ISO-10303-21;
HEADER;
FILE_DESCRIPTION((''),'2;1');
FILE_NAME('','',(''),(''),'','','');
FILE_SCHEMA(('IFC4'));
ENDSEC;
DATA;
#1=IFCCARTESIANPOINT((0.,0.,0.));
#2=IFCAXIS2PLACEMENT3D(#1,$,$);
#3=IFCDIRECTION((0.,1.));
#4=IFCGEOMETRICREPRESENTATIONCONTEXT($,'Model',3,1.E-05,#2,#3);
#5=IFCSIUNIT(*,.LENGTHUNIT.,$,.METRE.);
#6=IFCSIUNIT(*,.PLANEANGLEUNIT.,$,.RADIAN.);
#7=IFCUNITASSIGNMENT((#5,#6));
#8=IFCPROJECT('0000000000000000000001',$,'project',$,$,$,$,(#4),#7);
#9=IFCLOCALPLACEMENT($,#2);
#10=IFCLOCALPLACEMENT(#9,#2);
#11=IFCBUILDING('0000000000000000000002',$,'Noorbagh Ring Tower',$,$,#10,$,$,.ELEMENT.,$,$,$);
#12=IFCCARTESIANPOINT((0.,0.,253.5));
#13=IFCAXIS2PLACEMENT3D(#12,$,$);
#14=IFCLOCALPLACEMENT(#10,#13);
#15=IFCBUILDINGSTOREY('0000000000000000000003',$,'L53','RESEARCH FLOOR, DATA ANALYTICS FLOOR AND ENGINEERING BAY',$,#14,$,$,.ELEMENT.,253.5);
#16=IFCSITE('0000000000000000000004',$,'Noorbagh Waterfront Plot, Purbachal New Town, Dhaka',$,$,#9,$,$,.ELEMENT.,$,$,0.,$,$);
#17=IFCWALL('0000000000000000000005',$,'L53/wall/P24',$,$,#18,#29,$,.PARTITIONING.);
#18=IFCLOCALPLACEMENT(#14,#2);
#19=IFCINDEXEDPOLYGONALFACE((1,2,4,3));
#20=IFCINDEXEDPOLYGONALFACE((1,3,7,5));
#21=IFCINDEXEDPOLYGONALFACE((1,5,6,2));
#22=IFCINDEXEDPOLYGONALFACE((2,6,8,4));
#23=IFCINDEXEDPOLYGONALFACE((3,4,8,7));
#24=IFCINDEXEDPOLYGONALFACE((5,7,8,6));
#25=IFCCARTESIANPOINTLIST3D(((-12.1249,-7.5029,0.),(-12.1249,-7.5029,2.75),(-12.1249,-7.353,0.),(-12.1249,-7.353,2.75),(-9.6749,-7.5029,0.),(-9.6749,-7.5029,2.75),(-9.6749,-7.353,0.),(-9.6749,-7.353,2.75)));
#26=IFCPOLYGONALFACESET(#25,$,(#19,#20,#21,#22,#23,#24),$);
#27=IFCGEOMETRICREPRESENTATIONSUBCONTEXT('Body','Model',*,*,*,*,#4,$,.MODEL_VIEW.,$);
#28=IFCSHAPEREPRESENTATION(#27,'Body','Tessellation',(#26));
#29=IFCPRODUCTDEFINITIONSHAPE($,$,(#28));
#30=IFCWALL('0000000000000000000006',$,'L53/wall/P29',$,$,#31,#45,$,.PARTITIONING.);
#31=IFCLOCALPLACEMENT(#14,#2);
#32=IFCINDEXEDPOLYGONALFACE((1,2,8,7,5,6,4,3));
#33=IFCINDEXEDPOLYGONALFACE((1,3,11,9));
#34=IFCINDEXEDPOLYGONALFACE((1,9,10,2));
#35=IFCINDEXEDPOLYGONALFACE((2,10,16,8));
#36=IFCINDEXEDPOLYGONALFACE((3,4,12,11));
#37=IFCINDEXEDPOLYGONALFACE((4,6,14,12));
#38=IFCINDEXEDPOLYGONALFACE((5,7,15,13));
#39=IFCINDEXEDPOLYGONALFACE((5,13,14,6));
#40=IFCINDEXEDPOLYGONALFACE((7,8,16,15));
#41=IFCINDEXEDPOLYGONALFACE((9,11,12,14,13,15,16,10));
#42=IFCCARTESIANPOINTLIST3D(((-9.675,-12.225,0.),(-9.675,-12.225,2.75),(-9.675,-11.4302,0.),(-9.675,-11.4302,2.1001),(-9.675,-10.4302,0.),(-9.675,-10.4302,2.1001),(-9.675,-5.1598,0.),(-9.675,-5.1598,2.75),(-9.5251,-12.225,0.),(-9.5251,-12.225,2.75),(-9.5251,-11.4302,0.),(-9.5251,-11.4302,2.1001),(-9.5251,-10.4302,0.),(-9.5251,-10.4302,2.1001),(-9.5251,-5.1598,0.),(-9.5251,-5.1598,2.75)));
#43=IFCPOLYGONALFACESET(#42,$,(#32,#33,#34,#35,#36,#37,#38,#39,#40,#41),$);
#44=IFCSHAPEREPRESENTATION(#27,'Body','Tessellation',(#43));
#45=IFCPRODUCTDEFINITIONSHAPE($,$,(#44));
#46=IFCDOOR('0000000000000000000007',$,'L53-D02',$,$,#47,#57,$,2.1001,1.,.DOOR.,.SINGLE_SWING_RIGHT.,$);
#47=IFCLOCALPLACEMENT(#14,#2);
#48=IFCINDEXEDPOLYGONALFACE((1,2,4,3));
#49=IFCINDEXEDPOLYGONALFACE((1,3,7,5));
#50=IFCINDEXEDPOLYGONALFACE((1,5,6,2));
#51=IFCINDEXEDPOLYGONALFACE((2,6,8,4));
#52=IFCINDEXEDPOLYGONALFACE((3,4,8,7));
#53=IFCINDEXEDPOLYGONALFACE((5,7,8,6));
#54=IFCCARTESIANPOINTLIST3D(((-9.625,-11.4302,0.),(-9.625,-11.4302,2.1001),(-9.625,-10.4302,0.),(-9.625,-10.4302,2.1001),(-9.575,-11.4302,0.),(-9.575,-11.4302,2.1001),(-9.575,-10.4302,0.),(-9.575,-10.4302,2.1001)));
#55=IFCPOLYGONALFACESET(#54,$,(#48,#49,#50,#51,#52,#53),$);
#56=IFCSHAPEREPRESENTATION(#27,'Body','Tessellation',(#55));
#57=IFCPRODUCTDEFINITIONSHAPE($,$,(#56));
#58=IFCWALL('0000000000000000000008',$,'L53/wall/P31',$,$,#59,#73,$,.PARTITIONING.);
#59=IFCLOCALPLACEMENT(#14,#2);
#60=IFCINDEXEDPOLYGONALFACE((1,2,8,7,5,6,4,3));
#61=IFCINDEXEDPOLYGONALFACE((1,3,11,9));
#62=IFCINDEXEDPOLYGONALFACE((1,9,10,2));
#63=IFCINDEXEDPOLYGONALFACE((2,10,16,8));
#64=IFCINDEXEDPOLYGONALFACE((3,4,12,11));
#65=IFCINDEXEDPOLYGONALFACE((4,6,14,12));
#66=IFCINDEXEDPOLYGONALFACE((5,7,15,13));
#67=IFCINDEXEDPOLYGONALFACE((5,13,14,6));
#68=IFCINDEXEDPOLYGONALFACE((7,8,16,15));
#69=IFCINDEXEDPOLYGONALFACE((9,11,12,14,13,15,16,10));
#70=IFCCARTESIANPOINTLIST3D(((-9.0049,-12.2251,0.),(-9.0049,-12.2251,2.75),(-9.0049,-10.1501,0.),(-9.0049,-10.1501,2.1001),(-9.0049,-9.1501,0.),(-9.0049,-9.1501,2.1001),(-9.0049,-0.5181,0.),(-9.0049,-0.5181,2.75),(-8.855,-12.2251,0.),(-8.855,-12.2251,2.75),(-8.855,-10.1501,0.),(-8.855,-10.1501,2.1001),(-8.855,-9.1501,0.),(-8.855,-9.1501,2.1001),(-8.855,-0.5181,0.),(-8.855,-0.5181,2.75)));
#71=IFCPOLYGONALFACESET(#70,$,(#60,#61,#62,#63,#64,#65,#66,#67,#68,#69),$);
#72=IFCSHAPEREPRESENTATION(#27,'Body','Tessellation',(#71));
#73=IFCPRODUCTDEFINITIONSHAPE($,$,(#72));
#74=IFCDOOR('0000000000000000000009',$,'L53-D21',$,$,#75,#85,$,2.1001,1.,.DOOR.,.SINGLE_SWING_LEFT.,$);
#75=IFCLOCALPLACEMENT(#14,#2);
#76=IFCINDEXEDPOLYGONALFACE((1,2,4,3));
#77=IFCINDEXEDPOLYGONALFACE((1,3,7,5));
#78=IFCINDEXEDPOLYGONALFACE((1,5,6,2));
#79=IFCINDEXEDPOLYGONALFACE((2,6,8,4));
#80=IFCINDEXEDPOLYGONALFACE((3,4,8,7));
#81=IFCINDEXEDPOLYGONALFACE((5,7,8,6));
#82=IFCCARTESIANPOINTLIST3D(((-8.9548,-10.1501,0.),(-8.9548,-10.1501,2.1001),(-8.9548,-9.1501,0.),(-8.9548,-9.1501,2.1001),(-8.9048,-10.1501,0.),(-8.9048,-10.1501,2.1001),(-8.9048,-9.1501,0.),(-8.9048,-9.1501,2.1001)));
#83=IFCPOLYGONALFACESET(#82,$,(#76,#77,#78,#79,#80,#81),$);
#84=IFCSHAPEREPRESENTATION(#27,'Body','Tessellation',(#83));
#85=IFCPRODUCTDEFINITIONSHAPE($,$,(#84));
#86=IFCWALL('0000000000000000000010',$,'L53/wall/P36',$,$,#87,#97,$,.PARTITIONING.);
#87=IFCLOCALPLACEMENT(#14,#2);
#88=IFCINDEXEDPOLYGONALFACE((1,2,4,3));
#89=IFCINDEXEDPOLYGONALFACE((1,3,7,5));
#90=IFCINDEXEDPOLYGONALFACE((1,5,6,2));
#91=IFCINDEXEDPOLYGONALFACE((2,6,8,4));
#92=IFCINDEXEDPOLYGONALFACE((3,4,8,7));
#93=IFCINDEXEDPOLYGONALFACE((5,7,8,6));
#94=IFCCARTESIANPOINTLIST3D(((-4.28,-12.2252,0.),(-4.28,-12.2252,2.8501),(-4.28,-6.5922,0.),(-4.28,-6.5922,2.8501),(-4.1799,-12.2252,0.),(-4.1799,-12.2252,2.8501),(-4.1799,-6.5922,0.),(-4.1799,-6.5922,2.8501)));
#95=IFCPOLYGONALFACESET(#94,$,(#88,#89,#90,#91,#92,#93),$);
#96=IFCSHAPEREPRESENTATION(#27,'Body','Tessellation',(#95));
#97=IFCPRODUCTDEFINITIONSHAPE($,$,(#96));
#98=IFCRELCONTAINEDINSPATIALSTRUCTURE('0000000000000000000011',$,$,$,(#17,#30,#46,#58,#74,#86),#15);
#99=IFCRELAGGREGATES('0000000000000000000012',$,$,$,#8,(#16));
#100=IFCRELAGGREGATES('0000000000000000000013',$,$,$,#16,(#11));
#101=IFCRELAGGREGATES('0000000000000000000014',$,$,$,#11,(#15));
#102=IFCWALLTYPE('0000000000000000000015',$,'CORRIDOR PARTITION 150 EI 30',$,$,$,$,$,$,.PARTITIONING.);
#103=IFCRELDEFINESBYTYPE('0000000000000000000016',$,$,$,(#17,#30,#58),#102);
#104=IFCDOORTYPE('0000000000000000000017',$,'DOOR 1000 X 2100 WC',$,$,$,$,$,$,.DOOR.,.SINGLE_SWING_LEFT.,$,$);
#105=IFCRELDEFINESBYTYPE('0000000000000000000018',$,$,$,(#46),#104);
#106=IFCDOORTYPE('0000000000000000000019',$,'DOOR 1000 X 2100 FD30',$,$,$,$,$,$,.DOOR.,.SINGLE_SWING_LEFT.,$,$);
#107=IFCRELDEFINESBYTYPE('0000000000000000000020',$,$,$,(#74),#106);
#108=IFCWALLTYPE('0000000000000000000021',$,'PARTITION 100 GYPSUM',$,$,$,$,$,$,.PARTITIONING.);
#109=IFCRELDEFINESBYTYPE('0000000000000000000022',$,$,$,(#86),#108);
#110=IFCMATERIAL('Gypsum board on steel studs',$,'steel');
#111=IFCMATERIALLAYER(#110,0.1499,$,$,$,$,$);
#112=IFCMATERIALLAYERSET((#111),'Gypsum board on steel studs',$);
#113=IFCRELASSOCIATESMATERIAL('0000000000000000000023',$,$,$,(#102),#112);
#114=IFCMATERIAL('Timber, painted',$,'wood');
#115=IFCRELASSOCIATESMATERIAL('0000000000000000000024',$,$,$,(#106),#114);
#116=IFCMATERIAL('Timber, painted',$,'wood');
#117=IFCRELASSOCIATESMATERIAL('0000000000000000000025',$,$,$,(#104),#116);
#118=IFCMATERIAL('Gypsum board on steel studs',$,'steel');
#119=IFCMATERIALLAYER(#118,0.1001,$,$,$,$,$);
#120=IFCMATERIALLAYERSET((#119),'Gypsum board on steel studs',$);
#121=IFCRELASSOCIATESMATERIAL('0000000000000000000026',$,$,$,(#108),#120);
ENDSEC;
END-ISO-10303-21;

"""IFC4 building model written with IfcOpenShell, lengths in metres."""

from ifc_helpers import new_model, si_unit, direction, frame, frame_2d, origin, place, context, subcontext, project, spatial, rectangle, extrude, material, layer, layer_set, type_object, element, fill, save


model = new_model("IFC4")

# Units and contexts
model_context = context("Model", 3, precision=1e-05, world=origin(), true_north=direction((0.0, 1.0)))
body_context = subcontext(model_context, "Body", "Model", "MODEL_VIEW")
ifc_project = project(units=[si_unit("LENGTHUNIT", "METRE"), si_unit("PLANEANGLEUNIT", "RADIAN")], contexts=[model_context])

# Site, building, storey
site_placement = place(None, origin())
site = spatial("IfcSite", under=ifc_project, at=site_placement, Name="Noorbagh Waterfront Plot, Purbachal New Town, Dhaka", CompositionType="ELEMENT", RefElevation=0.0)
building_placement = place(site_placement, origin())
building = spatial("IfcBuilding", under=site, at=building_placement, Name="Noorbagh Ring Tower", CompositionType="ELEMENT")
storey_placement = place(building_placement, frame((0.0, 0.0, 253.5)))
storey = spatial("IfcBuildingStorey", under=building, at=storey_placement, Name="L53", Description="RESEARCH FLOOR, DATA ANALYTICS FLOOR AND ENGINEERING BAY", CompositionType="ELEMENT", Elevation=253.5)

# Shared definitions
ifc_material_1 = material(Name="Gypsum board on steel studs", Category="steel")
ifc_layer_1 = layer(ifc_material_1, 0.1499)
ifc_layer_set_1 = layer_set([ifc_layer_1], Name="Gypsum board on steel studs")
wall_type_1 = type_object("IfcWallType", Name="CORRIDOR PARTITION 150 EI 30", PredefinedType="PARTITIONING", material=ifc_layer_set_1)
ifc_material_2 = material(Name="Timber, painted", Category="wood")
door_type_1 = type_object("IfcDoorType", Name="DOOR 1000 X 2100 FD30", OperationType="SINGLE_SWING_LEFT", PredefinedType="DOOR", material=ifc_material_2)
ifc_material_3 = material(Name="Timber, painted", Category="wood")
door_type_2 = type_object("IfcDoorType", Name="DOOR 1000 X 2100 WC", OperationType="SINGLE_SWING_LEFT", PredefinedType="DOOR", material=ifc_material_3)

# Wall
wall_1_placement = place(storey_placement, frame((-12.125, -7.428, 0.0), z_axis=(0.0, 0.0, 1.0), x_axis=(1.0, 0.0, 0.0)))
element("IfcWall", 1, at=wall_1_placement, inside=storey, type_object=wall_type_1, Name="L53/wall/P24", PredefinedType="PARTITIONING", context=body_context, shape_type="SweptSolid", body=[
    extrude(rectangle(XDim=2.45, YDim=0.1499, at=frame_2d((1.2251, 0.0))), origin(), (0.0, 0.0, 1.0), 2.75),
])

# Walls, openings, doors
wall_2_placement = place(storey_placement, frame((-9.6001, -12.2251, 0.0), z_axis=(0.0, 0.0, 1.0), x_axis=(0.0, 1.0, 0.0)))
wall_2 = element("IfcWall", 2, at=wall_2_placement, inside=storey, type_object=wall_type_1, Name="L53/wall/P29", PredefinedType="PARTITIONING", context=body_context, shape_type="SweptSolid", body=[
    extrude(rectangle(XDim=7.0652, YDim=0.1499, at=frame_2d((3.5327, 0.0))), origin(), (0.0, 0.0, 1.0), 2.75),
])
opening_1_placement = place(wall_2_placement, frame((0.7949, 0.0, 0.0)))
opening_1 = element("IfcOpeningElement", 3, at=opening_1_placement, cuts=wall_2, PredefinedType="OPENING", context=body_context, shape_type="SweptSolid", body=[
    extrude(rectangle(XDim=1.0, YDim=2.1001, at=frame_2d((0.5, 1.05))), frame((0.0, 0.085, 0.0), z_axis=(0.0, -1.0, 0.0), x_axis=(1.0, 0.0, 0.0)), (0.0, 0.0, 1.0), 0.1699),
])
door_1_placement = place(opening_1_placement, origin())
door_1 = element("IfcDoor", 4, at=door_1_placement, inside=storey, type_object=door_type_2, Name="L53-D02", OperationType="SINGLE_SWING_RIGHT", OverallHeight=2.1001, OverallWidth=1.0, PredefinedType="DOOR", context=body_context, shape_type="SweptSolid", body=[
    extrude(rectangle(XDim=1.0, YDim=2.1001, at=frame_2d((0.5, 1.05))), frame((0.0, 0.0249, 0.0), z_axis=(0.0, -1.0, 0.0), x_axis=(1.0, 0.0, 0.0)), (0.0, 0.0, 1.0), 0.05),
])
fill(opening_1, door_1)
wall_3_placement = place(storey_placement, frame((-8.9299, -12.2251, 0.0), z_axis=(0.0, 0.0, 1.0), x_axis=(0.0, 1.0, 0.0)))
wall_3 = element("IfcWall", 5, at=wall_3_placement, inside=storey, type_object=wall_type_1, Name="L53/wall/P31", PredefinedType="PARTITIONING", context=body_context, shape_type="SweptSolid", body=[
    extrude(rectangle(XDim=11.707, YDim=0.1499, at=frame_2d((5.8535, 0.0))), origin(), (0.0, 0.0, 1.0), 2.75),
])
opening_2_placement = place(wall_3_placement, frame((2.075, 0.0, 0.0)))
opening_2 = element("IfcOpeningElement", 6, at=opening_2_placement, cuts=wall_3, PredefinedType="OPENING", context=body_context, shape_type="SweptSolid", body=[
    extrude(rectangle(XDim=1.0, YDim=2.1001, at=frame_2d((0.5, 1.05))), frame((0.0, 0.085, 0.0), z_axis=(0.0, -1.0, 0.0), x_axis=(1.0, 0.0, 0.0)), (0.0, 0.0, 1.0), 0.1699),
])
door_2_placement = place(opening_2_placement, origin())
door_2 = element("IfcDoor", 7, at=door_2_placement, inside=storey, type_object=door_type_1, Name="L53-D21", OperationType="SINGLE_SWING_LEFT", OverallHeight=2.1001, OverallWidth=1.0, PredefinedType="DOOR", context=body_context, shape_type="SweptSolid", body=[
    extrude(rectangle(XDim=1.0, YDim=2.1001, at=frame_2d((0.5, 1.05))), frame((0.0, 0.0249, 0.0), z_axis=(0.0, -1.0, 0.0), x_axis=(1.0, 0.0, 0.0)), (0.0, 0.0, 1.0), 0.05),
])
fill(opening_2, door_2)

# Wall
ifc_material_4 = material(Name="Gypsum board on steel studs", Category="steel")
ifc_layer_2 = layer(ifc_material_4, 0.1001)
ifc_layer_set_2 = layer_set([ifc_layer_2], Name="Gypsum board on steel studs")
wall_type_2 = type_object("IfcWallType", Name="PARTITION 100 GYPSUM", PredefinedType="PARTITIONING", material=ifc_layer_set_2)
wall_4_placement = place(storey_placement, frame((-4.23, -12.2251, 0.0), z_axis=(0.0, 0.0, 1.0), x_axis=(0.0, 1.0, 0.0)))
element("IfcWall", 8, at=wall_4_placement, inside=storey, type_object=wall_type_2, Name="L53/wall/P36", PredefinedType="PARTITIONING", context=body_context, shape_type="SweptSolid", body=[
    extrude(rectangle(XDim=5.6331, YDim=0.1001, at=frame_2d((2.8164, 0.0))), origin(), (0.0, 0.0, 1.0), 2.8501),
])

save(model, "model.ifc")
